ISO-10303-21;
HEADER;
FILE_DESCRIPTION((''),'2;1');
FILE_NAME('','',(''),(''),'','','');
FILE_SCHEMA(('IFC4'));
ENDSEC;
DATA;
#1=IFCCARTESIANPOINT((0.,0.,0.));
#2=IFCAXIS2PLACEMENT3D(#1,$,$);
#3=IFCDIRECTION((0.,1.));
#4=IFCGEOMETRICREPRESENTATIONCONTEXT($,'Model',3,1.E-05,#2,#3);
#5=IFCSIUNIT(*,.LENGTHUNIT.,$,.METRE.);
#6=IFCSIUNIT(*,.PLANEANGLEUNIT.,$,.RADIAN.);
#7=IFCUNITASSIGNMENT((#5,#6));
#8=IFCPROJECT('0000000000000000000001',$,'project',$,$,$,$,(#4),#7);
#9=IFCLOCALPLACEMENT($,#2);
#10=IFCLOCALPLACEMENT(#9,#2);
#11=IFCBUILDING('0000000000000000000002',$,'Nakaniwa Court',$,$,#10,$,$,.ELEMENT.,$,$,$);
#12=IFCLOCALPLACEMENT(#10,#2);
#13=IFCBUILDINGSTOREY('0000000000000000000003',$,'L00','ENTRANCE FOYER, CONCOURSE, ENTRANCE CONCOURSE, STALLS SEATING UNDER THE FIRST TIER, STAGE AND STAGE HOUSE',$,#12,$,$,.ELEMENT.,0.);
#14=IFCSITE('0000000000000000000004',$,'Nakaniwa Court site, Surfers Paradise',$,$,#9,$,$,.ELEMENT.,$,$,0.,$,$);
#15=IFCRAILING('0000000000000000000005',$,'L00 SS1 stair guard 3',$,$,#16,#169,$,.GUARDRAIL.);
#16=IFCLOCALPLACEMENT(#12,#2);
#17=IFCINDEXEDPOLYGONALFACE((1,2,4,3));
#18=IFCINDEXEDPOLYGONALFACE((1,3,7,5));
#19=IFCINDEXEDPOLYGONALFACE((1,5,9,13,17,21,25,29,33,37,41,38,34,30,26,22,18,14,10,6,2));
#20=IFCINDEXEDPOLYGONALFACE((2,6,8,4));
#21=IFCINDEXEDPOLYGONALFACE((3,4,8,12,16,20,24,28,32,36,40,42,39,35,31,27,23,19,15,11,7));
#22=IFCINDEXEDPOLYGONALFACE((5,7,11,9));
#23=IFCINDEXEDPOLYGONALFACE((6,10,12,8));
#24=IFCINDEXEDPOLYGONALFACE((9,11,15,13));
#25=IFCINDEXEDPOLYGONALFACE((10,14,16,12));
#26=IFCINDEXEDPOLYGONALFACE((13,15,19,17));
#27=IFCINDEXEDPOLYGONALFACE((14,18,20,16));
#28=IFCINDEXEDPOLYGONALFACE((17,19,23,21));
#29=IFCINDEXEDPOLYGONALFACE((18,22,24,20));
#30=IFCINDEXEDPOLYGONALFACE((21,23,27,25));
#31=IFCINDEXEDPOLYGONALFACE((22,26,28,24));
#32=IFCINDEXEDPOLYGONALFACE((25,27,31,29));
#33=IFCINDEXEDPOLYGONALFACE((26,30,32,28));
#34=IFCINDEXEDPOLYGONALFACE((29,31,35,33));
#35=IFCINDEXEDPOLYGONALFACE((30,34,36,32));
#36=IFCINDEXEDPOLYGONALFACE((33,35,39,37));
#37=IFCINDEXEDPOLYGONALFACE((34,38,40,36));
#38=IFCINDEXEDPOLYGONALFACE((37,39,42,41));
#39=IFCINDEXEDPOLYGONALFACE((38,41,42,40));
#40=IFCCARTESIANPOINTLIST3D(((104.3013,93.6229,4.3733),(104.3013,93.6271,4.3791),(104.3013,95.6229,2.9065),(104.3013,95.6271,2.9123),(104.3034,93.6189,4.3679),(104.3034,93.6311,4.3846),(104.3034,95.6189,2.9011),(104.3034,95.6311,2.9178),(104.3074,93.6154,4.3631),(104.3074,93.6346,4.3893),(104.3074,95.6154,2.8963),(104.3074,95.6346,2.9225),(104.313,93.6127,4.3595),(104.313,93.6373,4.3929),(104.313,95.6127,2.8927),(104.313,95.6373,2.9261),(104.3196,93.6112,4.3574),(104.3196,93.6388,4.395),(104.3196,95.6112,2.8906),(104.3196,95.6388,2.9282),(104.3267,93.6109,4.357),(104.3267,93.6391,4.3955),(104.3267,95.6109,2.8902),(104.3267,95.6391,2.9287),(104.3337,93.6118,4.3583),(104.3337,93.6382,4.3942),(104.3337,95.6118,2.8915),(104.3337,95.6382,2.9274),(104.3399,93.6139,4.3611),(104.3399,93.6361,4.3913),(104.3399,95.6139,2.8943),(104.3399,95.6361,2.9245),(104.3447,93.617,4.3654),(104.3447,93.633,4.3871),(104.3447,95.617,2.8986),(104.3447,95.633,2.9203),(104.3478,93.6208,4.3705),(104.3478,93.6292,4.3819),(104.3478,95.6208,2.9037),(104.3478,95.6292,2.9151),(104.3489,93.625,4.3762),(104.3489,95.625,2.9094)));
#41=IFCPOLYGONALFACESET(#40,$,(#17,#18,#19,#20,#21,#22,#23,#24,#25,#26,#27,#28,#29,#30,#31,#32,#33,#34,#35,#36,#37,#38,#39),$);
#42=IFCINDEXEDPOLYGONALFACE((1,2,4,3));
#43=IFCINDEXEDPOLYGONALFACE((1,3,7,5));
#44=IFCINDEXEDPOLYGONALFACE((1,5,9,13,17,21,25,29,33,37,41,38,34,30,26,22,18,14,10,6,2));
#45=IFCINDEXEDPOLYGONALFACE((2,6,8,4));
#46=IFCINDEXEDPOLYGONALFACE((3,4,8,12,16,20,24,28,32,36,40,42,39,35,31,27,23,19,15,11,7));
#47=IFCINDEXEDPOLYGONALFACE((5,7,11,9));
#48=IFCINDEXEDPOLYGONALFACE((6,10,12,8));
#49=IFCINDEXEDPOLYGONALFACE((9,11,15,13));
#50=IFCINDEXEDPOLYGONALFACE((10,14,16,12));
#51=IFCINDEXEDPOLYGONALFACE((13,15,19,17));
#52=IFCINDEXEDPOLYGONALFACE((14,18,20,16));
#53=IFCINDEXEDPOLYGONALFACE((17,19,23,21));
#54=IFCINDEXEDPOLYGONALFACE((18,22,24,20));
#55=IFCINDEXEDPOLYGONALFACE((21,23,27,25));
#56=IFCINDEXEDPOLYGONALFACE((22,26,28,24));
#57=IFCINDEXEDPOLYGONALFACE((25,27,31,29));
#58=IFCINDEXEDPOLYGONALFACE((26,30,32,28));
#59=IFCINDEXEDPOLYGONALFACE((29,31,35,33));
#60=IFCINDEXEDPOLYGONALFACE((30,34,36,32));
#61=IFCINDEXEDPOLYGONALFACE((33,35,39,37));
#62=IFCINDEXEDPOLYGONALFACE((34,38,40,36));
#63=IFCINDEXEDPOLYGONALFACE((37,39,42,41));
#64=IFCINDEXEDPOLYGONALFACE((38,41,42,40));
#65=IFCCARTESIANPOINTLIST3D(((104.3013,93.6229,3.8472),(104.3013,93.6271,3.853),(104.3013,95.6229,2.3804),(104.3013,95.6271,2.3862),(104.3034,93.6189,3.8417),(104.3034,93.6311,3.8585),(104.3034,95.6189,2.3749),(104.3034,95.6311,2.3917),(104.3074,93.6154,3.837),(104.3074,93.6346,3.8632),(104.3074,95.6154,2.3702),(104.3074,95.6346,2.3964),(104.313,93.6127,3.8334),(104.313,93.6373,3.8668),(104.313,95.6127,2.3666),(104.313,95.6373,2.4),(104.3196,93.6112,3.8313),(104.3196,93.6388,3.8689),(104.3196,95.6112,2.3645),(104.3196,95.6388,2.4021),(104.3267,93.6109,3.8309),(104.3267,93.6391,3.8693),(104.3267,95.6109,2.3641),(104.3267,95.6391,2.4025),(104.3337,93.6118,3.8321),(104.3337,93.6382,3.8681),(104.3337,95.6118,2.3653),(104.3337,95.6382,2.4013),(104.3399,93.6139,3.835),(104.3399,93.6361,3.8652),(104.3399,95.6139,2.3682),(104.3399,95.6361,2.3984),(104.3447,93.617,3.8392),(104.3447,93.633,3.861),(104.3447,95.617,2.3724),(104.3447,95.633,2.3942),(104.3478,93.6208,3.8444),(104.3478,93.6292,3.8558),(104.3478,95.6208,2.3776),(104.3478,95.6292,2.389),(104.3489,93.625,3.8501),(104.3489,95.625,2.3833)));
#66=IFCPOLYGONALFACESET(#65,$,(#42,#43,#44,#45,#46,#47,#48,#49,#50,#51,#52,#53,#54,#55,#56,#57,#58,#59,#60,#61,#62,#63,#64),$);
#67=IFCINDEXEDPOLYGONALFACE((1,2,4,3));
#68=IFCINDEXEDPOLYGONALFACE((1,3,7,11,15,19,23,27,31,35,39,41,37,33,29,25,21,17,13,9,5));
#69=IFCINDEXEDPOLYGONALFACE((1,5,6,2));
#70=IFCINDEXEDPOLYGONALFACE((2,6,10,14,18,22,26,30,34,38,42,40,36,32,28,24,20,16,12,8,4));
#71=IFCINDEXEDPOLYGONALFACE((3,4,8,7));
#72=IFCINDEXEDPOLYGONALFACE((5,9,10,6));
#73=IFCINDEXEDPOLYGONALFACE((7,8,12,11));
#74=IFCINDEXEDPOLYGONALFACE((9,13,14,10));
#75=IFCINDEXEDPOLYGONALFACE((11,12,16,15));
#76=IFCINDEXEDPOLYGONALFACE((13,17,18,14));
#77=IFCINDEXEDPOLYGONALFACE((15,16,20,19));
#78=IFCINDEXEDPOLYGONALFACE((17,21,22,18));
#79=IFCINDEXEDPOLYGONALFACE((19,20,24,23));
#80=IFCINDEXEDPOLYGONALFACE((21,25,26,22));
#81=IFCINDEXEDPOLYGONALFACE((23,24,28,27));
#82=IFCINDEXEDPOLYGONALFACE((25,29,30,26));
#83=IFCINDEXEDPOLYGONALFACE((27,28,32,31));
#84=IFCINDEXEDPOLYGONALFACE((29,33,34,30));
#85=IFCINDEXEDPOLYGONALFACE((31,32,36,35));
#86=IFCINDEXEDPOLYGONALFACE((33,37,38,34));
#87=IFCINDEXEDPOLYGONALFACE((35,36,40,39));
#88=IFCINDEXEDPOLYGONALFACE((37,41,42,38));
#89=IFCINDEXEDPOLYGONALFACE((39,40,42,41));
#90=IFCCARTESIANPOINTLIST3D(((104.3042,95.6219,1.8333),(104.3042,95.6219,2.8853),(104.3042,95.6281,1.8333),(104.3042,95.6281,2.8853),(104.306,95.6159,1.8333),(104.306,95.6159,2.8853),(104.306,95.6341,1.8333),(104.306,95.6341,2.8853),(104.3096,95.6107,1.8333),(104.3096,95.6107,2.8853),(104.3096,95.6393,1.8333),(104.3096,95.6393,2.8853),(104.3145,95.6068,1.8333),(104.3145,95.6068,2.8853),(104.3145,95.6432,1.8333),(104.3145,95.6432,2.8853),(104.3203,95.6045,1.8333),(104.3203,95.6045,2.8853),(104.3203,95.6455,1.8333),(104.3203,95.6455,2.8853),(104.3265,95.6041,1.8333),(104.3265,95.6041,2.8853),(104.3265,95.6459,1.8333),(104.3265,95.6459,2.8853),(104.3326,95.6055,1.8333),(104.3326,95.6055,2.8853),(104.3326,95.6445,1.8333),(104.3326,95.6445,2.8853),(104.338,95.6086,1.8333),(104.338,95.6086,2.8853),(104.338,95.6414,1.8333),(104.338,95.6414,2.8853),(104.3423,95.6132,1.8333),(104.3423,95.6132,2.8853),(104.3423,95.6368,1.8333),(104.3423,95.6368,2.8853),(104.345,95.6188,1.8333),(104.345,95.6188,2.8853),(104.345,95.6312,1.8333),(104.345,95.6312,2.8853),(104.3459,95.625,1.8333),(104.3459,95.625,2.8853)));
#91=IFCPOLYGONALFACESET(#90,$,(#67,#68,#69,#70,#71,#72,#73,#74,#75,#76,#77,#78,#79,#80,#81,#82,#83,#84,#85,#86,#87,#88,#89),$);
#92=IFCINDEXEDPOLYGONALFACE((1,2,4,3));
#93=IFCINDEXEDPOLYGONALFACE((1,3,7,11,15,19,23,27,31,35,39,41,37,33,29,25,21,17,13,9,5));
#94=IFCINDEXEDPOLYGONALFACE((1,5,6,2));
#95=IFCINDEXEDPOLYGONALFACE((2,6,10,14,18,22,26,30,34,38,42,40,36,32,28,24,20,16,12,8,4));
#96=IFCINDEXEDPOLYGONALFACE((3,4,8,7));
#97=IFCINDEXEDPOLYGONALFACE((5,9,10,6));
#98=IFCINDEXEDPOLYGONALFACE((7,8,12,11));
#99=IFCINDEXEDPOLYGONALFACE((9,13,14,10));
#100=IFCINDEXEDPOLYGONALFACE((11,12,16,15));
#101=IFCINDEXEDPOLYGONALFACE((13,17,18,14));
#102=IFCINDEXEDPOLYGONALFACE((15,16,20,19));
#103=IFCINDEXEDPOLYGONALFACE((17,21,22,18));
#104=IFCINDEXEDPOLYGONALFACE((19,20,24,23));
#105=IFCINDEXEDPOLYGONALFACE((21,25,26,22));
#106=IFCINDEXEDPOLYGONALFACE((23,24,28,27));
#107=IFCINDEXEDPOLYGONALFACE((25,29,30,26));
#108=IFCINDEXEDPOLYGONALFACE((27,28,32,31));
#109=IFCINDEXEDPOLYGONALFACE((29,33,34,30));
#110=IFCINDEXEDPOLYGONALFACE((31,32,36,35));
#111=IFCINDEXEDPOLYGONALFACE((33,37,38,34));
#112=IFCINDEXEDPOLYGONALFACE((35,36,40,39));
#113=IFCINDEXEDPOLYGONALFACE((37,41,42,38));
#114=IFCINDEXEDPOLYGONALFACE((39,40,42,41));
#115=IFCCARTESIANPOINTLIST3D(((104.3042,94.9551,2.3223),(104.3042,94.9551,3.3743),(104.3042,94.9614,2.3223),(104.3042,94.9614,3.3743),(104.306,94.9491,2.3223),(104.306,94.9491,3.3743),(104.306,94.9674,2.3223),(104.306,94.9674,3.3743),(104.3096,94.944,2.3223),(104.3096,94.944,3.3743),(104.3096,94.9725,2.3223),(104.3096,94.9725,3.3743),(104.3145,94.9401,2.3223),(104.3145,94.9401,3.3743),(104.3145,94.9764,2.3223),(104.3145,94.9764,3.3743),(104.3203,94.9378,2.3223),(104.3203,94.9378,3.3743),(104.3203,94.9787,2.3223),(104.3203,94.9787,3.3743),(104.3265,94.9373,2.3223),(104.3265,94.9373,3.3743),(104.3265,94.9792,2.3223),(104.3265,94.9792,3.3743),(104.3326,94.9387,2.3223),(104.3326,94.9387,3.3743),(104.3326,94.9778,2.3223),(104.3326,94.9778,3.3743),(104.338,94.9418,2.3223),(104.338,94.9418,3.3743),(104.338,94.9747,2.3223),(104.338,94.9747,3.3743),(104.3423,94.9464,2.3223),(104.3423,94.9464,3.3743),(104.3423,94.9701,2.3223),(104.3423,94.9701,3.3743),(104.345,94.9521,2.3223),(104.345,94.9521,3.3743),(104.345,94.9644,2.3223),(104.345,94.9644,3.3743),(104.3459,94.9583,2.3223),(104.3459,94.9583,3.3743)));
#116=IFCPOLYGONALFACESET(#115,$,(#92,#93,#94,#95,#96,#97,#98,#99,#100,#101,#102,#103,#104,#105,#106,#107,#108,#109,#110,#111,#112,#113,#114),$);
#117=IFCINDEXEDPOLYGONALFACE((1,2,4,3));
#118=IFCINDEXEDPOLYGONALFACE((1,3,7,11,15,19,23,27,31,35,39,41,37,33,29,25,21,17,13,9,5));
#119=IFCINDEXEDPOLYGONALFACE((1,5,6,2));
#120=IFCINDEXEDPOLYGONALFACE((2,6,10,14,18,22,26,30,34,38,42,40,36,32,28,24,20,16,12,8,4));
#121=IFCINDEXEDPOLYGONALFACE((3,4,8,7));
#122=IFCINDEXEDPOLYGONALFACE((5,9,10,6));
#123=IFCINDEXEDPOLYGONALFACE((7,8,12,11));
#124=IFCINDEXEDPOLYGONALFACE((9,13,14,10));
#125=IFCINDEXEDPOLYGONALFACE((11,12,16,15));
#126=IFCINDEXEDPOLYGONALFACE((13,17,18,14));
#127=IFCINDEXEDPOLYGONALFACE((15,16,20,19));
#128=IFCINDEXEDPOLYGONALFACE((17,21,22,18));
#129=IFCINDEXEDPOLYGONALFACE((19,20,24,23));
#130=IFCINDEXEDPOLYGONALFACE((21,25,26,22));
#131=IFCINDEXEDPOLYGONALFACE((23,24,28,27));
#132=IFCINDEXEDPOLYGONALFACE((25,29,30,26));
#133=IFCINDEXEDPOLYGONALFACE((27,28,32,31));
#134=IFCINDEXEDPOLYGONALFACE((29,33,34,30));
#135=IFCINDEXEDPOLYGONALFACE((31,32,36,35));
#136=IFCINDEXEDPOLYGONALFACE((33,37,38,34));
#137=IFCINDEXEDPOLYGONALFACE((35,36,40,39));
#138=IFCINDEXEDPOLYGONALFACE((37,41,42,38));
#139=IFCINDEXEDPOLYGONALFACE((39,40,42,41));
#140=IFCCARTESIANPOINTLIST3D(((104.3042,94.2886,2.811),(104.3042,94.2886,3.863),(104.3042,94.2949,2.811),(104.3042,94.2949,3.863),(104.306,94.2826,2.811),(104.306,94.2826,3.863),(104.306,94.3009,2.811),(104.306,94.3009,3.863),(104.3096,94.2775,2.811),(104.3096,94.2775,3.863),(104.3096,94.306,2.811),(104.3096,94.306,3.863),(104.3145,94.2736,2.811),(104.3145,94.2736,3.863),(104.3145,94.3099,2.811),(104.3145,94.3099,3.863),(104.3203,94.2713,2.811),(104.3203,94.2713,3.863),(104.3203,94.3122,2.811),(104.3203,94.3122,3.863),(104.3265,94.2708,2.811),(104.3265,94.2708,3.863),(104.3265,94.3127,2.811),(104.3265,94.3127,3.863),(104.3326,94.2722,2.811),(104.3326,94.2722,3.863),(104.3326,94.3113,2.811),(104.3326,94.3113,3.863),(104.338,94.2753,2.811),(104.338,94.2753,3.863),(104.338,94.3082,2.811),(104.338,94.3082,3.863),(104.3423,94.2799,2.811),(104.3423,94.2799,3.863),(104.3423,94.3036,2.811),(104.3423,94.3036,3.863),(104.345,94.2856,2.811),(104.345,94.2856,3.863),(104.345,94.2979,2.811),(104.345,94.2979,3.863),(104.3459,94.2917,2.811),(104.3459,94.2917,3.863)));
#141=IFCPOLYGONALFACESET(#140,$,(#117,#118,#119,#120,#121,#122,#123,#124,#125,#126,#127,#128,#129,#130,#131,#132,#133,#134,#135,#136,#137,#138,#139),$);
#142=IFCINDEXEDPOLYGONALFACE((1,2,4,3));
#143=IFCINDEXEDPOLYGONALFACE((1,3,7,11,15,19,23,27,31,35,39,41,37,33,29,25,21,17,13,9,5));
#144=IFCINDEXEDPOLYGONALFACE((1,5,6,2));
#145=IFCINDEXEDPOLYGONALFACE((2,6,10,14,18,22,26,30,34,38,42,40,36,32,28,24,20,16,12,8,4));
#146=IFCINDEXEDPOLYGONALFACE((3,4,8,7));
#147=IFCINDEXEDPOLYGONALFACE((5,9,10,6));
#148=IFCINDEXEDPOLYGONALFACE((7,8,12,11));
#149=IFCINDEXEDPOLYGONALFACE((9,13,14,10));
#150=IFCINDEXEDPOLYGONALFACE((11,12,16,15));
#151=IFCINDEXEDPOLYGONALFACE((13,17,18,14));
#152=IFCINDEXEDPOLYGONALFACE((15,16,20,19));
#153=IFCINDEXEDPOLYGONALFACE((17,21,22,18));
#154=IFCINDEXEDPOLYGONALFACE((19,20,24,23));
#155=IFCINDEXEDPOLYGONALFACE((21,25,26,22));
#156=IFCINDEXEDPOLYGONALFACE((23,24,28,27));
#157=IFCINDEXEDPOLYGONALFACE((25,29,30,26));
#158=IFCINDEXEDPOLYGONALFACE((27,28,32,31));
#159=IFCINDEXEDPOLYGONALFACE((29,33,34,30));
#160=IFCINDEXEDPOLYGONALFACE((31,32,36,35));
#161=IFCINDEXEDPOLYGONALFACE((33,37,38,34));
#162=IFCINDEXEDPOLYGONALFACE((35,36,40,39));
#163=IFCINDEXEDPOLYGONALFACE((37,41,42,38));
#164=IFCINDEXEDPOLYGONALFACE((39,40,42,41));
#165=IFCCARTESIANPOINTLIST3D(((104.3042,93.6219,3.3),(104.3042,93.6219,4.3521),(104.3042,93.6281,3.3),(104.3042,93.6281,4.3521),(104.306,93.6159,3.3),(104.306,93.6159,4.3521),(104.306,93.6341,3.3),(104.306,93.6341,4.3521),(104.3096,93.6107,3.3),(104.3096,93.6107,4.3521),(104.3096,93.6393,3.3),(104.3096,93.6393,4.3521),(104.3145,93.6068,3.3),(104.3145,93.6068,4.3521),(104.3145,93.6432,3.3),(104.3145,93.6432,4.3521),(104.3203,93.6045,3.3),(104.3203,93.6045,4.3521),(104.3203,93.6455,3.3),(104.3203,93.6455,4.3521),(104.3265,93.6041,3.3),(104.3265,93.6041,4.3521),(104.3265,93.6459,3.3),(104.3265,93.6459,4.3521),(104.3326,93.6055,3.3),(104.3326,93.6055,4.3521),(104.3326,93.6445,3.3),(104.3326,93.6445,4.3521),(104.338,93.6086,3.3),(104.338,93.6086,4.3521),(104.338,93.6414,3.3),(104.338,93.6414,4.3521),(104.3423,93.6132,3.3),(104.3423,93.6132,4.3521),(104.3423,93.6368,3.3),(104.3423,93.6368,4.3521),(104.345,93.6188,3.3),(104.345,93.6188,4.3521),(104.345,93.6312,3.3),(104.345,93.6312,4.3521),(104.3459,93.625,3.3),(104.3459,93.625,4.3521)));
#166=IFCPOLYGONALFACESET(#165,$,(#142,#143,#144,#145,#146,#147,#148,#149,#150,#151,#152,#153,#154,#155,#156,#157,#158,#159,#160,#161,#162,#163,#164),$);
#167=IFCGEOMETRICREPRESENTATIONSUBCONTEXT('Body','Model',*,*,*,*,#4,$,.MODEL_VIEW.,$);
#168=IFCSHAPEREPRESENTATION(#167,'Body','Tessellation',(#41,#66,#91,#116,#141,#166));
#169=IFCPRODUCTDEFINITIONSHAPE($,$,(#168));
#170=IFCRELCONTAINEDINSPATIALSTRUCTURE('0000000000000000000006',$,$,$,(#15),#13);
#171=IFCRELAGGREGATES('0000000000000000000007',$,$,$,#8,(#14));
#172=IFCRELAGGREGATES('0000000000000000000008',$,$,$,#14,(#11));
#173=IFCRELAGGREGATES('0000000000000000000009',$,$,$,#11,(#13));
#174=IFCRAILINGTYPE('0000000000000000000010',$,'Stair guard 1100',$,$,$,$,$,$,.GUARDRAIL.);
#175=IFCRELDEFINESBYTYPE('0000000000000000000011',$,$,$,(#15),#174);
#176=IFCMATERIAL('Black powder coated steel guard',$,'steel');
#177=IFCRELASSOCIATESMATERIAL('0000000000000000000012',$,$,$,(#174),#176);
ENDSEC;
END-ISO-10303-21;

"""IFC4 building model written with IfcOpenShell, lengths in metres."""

from ifc_helpers import new_model, si_unit, direction, frame, origin, origin_2d, place, context, subcontext, project, spatial, circle, extrude, material, type_object, element, save


model = new_model("IFC4")

# Units and contexts
model_context = context("Model", 3, precision=1e-05, world=origin(), true_north=direction((0.0, 1.0)))
body_context = subcontext(model_context, "Body", "Model", "MODEL_VIEW")
ifc_project = project(units=[si_unit("LENGTHUNIT", "METRE"), si_unit("PLANEANGLEUNIT", "RADIAN")], contexts=[model_context])

# Site, building, storey
site_placement = place(None, origin())
site = spatial("IfcSite", under=ifc_project, at=site_placement, Name="Nakaniwa Court site, Surfers Paradise", CompositionType="ELEMENT", RefElevation=0.0)
building_placement = place(site_placement, origin())
building = spatial("IfcBuilding", under=site, at=building_placement, Name="Nakaniwa Court", CompositionType="ELEMENT")
storey_placement = place(building_placement, origin())
storey = spatial("IfcBuildingStorey", under=building, at=storey_placement, Name="L00", Description="ENTRANCE FOYER, CONCOURSE, ENTRANCE CONCOURSE, STALLS SEATING UNDER THE FIRST TIER, STAGE AND STAGE HOUSE", CompositionType="ELEMENT", Elevation=0.0)

# Railing
ifc_material_1 = material(Name="Black powder coated steel guard", Category="steel")
railing_type = type_object("IfcRailingType", Name="Stair guard 1100", PredefinedType="GUARDRAIL", material=ifc_material_1)
railing_1_placement = place(storey_placement, frame((104.325, 95.625, 1.8333)))
element("IfcRailing", 1, at=railing_1_placement, inside=storey, type_object=railing_type, Name="L00 SS1 stair guard 3", PredefinedType="GUARDRAIL", context=body_context, shape_type="SweptSolid", body=[
    extrude(circle(Radius=0.0239, at=origin_2d()), frame((0.0, 0.0, 1.0762), z_axis=(0.0, -0.80638, 0.591398), x_axis=(1.0, 0.0, 0.0)), (0.0, 0.0, 1.0), 2.4802),
    extrude(circle(Radius=0.0239, at=origin_2d()), frame((0.0, 0.0, 0.55), z_axis=(0.0, -0.80638, 0.591398), x_axis=(1.0, 0.0, 0.0)), (0.0, 0.0, 1.0), 2.4802),
    extrude(circle(Radius=0.021, at=origin_2d()), origin(), (0.0, 0.0, 1.0), 1.052),
    extrude(circle(Radius=0.021, at=origin_2d()), frame((0.0, -0.6667, 0.489)), (0.0, 0.0, 1.0), 1.052),
    extrude(circle(Radius=0.021, at=origin_2d()), frame((0.0, -1.3333, 0.9778)), (0.0, 0.0, 1.0), 1.052),
    extrude(circle(Radius=0.021, at=origin_2d()), frame((0.0, -2.0, 1.4668)), (0.0, 0.0, 1.0), 1.052),
])

save(model, "model.ifc")
